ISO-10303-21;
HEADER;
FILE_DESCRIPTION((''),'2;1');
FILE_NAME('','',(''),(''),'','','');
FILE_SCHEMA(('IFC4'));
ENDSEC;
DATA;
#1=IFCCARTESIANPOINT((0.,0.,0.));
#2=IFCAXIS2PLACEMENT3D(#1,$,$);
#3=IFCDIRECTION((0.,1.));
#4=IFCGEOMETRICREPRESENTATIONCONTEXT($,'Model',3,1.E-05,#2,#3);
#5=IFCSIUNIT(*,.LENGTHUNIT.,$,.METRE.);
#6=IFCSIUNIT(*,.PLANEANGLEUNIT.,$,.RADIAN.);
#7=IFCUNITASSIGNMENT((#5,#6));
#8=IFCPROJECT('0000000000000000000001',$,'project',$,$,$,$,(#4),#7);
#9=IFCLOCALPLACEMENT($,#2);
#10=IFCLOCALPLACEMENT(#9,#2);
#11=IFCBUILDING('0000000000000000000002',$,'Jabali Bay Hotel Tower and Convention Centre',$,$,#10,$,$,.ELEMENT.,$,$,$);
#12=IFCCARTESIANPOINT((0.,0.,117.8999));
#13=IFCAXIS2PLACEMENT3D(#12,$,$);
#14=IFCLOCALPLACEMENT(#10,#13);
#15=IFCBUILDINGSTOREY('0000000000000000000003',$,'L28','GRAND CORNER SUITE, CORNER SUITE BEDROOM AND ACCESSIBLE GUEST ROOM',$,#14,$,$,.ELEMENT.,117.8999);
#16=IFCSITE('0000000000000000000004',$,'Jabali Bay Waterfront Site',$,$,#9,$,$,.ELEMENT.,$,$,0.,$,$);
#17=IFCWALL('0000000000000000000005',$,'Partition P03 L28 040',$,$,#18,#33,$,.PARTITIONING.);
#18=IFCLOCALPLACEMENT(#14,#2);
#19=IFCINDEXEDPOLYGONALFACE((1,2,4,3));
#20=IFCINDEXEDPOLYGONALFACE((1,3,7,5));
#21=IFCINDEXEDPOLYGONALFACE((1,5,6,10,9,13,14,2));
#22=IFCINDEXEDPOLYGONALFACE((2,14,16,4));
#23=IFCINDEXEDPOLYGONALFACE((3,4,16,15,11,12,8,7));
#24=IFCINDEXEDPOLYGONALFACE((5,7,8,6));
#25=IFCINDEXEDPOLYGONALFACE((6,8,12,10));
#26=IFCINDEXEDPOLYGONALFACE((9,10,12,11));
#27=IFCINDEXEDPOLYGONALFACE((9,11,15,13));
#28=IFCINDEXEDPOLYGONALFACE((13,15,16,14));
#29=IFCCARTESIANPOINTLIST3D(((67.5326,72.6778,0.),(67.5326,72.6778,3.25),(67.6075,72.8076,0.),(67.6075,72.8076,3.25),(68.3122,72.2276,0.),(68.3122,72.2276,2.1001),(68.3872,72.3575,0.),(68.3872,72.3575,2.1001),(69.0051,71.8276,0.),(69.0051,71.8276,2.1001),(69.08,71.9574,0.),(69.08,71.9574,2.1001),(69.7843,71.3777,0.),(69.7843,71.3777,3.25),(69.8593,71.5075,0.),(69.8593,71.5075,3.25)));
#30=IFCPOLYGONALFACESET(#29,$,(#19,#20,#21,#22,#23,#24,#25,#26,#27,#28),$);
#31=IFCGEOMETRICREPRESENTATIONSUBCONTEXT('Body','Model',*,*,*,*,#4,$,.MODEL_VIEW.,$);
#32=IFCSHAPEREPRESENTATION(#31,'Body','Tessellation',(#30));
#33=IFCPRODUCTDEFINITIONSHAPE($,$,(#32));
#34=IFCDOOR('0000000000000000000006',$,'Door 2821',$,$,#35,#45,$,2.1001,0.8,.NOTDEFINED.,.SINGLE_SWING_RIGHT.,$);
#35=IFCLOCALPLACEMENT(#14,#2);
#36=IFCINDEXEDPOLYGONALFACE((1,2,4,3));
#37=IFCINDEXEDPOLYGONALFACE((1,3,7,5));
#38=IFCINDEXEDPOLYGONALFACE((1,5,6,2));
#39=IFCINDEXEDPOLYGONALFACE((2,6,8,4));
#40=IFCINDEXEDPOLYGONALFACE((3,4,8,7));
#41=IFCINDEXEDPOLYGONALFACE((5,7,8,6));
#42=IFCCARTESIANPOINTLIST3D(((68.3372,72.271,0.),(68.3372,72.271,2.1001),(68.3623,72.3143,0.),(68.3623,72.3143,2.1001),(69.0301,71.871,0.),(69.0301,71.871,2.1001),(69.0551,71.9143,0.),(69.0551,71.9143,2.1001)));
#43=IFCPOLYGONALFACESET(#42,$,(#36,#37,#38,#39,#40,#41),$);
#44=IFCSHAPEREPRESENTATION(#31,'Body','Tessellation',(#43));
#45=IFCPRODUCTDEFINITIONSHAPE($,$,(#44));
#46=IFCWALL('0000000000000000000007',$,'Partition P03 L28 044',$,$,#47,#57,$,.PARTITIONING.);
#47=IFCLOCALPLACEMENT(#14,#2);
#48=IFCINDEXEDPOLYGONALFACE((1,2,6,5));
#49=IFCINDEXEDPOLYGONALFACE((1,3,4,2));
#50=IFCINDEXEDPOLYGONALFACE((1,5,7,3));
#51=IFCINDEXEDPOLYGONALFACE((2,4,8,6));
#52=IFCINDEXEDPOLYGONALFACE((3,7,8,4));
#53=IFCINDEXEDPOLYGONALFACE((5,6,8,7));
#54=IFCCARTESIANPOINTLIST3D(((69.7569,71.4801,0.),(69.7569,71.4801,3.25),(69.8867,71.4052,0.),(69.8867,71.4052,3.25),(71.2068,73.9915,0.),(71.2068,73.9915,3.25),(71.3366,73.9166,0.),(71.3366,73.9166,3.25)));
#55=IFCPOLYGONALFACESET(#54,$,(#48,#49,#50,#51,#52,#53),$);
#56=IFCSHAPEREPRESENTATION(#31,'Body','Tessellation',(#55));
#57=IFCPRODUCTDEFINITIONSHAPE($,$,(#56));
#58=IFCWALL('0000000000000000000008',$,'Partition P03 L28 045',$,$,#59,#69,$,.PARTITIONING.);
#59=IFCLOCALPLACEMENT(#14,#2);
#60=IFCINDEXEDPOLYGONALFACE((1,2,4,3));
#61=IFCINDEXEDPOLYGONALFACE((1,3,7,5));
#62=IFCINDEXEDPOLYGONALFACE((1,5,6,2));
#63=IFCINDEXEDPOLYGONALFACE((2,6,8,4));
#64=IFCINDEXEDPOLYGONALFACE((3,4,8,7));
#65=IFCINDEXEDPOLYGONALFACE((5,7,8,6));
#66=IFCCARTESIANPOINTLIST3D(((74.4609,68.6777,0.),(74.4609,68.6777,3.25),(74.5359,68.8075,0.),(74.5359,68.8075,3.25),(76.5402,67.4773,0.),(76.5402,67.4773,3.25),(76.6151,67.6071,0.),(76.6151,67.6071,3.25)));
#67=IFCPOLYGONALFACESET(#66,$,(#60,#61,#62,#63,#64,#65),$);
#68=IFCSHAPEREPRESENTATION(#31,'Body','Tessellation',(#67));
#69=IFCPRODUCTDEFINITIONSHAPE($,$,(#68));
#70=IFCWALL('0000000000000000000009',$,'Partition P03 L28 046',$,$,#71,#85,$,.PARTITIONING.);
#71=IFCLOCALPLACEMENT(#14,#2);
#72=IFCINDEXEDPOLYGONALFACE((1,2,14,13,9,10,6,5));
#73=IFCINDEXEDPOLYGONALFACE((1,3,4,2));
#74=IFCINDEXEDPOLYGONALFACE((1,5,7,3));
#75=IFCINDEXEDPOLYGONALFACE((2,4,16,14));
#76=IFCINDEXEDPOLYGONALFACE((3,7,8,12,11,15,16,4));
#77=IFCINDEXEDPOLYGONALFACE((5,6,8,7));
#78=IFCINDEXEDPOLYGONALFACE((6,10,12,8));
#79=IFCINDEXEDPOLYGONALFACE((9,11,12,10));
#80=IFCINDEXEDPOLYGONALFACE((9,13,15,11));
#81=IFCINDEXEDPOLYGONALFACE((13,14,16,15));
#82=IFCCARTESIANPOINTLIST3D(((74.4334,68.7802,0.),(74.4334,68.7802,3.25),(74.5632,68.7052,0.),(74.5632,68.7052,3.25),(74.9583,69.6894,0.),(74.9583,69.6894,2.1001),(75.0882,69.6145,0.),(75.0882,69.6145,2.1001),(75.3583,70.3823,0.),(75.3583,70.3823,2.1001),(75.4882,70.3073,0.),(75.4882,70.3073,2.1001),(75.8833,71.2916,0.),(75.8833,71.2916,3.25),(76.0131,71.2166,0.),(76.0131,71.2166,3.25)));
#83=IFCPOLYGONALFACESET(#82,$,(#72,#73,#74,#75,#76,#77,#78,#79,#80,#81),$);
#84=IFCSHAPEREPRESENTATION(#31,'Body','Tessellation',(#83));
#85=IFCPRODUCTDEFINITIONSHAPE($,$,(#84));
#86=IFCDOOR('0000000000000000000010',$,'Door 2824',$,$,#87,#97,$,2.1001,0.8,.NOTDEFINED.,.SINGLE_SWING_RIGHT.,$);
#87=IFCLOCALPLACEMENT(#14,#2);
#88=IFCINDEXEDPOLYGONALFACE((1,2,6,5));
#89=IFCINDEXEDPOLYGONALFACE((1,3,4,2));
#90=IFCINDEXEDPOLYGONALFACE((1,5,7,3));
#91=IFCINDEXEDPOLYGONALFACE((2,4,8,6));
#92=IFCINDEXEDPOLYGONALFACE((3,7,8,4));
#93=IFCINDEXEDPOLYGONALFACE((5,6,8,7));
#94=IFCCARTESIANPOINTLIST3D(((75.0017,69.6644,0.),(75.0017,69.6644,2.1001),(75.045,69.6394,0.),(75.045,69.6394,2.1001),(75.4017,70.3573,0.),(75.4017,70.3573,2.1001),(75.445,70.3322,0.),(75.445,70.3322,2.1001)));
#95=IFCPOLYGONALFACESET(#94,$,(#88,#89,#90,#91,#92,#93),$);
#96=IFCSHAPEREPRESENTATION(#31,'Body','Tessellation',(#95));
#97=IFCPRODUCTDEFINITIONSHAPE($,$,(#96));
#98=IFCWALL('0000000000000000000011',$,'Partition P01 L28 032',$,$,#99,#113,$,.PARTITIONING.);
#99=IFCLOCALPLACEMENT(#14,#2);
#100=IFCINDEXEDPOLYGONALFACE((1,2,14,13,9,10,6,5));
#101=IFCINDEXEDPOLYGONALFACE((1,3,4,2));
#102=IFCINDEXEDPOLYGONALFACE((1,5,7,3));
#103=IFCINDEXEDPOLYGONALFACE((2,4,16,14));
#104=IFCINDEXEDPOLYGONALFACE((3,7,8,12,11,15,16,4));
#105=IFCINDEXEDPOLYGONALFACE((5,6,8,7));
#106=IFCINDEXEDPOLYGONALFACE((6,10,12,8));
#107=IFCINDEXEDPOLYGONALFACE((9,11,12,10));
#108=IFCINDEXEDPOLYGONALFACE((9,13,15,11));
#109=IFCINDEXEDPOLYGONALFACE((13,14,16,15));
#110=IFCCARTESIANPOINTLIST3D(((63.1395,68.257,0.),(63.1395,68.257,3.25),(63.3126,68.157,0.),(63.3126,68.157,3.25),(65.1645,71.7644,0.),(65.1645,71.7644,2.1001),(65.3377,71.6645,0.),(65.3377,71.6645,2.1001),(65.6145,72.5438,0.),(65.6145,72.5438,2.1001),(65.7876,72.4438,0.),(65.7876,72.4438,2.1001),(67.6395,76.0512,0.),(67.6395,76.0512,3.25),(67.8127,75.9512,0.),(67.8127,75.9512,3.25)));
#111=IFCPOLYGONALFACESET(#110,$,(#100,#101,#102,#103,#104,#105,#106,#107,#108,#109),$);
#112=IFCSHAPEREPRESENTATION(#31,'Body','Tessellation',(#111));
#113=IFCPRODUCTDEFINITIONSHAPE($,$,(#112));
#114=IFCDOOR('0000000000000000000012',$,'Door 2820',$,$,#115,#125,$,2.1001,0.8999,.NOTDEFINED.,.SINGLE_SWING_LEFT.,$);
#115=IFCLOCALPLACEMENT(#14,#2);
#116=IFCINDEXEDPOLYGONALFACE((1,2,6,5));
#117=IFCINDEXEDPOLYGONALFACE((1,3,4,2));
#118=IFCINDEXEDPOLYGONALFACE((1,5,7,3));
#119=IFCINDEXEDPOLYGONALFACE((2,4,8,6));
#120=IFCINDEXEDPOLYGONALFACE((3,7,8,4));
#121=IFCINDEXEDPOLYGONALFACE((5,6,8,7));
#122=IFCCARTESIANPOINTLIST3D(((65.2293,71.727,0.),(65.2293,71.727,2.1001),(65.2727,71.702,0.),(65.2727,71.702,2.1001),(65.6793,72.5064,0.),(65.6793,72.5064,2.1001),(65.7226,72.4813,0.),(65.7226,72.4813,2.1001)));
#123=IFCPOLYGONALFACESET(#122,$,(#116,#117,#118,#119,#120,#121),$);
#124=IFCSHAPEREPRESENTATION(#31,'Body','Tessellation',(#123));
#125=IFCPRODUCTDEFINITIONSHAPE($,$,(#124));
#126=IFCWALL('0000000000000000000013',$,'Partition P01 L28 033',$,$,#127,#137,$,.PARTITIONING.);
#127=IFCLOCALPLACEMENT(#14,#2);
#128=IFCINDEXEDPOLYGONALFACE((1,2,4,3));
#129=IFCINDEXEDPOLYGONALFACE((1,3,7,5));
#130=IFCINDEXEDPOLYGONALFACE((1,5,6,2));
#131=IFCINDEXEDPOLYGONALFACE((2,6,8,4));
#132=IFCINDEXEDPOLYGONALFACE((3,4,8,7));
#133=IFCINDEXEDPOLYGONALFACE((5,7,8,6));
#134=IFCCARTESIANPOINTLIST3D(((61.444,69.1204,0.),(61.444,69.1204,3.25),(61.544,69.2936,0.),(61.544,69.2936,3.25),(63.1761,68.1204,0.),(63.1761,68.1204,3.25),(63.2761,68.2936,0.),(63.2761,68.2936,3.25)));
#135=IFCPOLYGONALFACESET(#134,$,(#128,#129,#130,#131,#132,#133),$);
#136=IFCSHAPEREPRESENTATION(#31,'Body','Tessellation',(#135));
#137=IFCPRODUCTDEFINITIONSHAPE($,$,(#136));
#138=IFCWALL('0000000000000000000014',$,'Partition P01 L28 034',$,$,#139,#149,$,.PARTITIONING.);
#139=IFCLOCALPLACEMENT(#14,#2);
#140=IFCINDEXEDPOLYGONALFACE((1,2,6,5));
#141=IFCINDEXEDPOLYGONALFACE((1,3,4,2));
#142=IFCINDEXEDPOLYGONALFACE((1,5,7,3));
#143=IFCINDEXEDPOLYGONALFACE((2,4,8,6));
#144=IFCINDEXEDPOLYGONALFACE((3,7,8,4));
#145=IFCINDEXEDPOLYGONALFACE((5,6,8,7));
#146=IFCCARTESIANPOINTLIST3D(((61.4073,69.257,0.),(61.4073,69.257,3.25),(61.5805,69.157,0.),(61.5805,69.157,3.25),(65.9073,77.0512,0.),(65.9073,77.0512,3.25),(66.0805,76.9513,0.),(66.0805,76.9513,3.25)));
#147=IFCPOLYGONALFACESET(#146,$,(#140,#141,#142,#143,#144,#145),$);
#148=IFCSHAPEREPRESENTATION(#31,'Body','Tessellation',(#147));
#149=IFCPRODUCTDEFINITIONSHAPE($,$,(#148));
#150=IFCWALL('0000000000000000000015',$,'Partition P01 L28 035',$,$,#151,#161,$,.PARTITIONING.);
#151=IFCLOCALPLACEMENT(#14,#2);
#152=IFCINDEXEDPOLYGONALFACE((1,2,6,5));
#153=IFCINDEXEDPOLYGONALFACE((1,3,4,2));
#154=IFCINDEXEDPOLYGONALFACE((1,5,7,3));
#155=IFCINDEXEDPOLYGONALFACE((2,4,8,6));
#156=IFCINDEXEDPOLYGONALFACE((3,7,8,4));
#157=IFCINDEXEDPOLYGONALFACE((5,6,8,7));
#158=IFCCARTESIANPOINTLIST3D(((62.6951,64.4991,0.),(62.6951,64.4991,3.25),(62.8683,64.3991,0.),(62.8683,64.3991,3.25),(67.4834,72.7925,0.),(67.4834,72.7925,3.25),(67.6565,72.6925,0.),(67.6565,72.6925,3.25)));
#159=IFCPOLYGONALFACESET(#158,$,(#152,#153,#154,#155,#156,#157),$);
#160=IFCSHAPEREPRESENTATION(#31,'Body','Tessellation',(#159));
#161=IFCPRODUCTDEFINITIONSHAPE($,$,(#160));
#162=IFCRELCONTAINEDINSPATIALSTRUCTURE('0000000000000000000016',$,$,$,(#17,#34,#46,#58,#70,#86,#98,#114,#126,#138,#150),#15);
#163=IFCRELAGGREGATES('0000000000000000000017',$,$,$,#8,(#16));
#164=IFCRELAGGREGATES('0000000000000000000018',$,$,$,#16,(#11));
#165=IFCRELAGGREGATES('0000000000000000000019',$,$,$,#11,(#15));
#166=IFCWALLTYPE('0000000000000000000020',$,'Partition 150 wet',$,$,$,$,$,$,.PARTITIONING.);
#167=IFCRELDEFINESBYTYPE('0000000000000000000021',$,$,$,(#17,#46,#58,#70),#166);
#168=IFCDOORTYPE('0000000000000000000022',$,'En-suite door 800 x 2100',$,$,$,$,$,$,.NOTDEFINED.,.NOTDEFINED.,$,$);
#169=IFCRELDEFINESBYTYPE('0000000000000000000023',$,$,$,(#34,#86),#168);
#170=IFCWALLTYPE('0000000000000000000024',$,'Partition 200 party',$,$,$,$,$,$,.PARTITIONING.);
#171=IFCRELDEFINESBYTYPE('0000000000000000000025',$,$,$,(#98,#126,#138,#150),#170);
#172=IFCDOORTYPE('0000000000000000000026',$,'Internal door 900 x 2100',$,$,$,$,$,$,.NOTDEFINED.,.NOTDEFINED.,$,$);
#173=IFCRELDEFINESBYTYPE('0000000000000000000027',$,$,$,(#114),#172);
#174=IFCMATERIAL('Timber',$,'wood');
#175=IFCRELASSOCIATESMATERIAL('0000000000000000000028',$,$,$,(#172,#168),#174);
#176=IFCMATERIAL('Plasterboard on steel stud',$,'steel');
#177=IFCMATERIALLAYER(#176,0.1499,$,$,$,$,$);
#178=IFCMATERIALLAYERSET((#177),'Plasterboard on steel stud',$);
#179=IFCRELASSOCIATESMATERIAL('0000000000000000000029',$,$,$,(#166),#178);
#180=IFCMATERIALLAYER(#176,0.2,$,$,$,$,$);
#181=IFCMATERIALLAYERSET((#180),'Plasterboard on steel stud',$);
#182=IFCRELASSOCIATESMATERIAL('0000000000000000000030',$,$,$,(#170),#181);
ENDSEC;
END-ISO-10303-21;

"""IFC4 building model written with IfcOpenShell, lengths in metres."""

from ifc_helpers import new_model, si_unit, direction, frame, frame_2d, origin, place, context, subcontext, project, spatial, rectangle, extrude, material, layer, layer_set, type_object, element, fill, save


model = new_model("IFC4")

# Units and contexts
model_context = context("Model", 3, precision=1e-05, world=origin(), true_north=direction((0.0, 1.0)))
body_context = subcontext(model_context, "Body", "Model", "MODEL_VIEW")
ifc_project = project(units=[si_unit("LENGTHUNIT", "METRE"), si_unit("PLANEANGLEUNIT", "RADIAN")], contexts=[model_context])

# Site, building, storey
site_placement = place(None, origin())
site = spatial("IfcSite", under=ifc_project, at=site_placement, Name="Jabali Bay Waterfront Site", CompositionType="ELEMENT", RefElevation=0.0)
building_placement = place(site_placement, origin())
building = spatial("IfcBuilding", under=site, at=building_placement, Name="Jabali Bay Hotel Tower and Convention Centre", CompositionType="ELEMENT")
storey_placement = place(building_placement, frame((0.0, 0.0, 117.8999)))
storey = spatial("IfcBuildingStorey", under=building, at=storey_placement, Name="L28", Description="GRAND CORNER SUITE, CORNER SUITE BEDROOM AND ACCESSIBLE GUEST ROOM", CompositionType="ELEMENT", Elevation=117.8999)

# Shared definitions
ifc_material_1 = material(Name="Timber", Category="wood")

# Shared definitions
ifc_material_2 = material(Name="Plasterboard on steel stud", Category="steel")
door_type_1 = type_object("IfcDoorType", Name="Internal door 900 x 2100", OperationType="NOTDEFINED", PredefinedType="NOTDEFINED", material=ifc_material_1)

# Shared definitions
ifc_layer_1 = layer(ifc_material_2, 0.1499)
ifc_layer_set_1 = layer_set([ifc_layer_1], Name="Plasterboard on steel stud")
wall_type_1 = type_object("IfcWallType", Name="Partition 150 wet", PredefinedType="PARTITIONING", material=ifc_layer_set_1)

# Wall, opening, door
wall_1_placement = place(storey_placement, frame((69.8218, 71.4426, 0.0), z_axis=(0.0, 0.0, 1.0), x_axis=(-0.866021, 0.500007, 0.0)))
wall_1 = element("IfcWall", 1, at=wall_1_placement, inside=storey, type_object=wall_type_1, Name="Partition P03 L28 040", PredefinedType="PARTITIONING", context=body_context, shape_type="SweptSolid", body=[
    extrude(rectangle(XDim=2.6001, YDim=0.1499, at=frame_2d((1.3, 0.0))), origin(), (0.0, 0.0, 1.0), 3.25),
])
opening_1_placement = place(wall_1_placement, frame((0.8999, 0.0, 0.0)))
opening_1 = element("IfcOpeningElement", 2, at=opening_1_placement, cuts=wall_1, PredefinedType="OPENING", context=body_context, shape_type="SweptSolid", body=[
    extrude(rectangle(XDim=0.8, YDim=2.1001, at=frame_2d((0.3999, 1.05))), frame((0.0, 0.0854, 0.0), z_axis=(0.0, -1.0, 0.0), x_axis=(1.0, 0.0, 0.0)), (0.0, 0.0, 1.0), 0.1709),
])
door_type_2 = type_object("IfcDoorType", Name="En-suite door 800 x 2100", OperationType="NOTDEFINED", PredefinedType="NOTDEFINED", material=ifc_material_1)
door_1_placement = place(opening_1_placement, origin())
door_1 = element("IfcDoor", 3, at=door_1_placement, inside=storey, type_object=door_type_2, Name="Door 2821", OperationType="SINGLE_SWING_RIGHT", OverallHeight=2.1001, OverallWidth=0.8, PredefinedType="NOTDEFINED", context=body_context, shape_type="SweptSolid", body=[
    extrude(rectangle(XDim=0.8, YDim=2.1001, at=frame_2d((0.3999, 1.05))), frame((0.0, 0.0249, 0.0), z_axis=(0.0, -1.0, 0.0), x_axis=(1.0, 0.0, 0.0)), (0.0, 0.0, 1.0), 0.05),
])
fill(opening_1, door_1)

# Walls
wall_2_placement = place(storey_placement, frame((69.8218, 71.4426, 0.0), z_axis=(0.0, 0.0, 1.0), x_axis=(0.499987, 0.866033, 0.0)))
element("IfcWall", 4, at=wall_2_placement, inside=storey, type_object=wall_type_1, Name="Partition P03 L28 044", PredefinedType="PARTITIONING", context=body_context, shape_type="SweptSolid", body=[
    extrude(rectangle(XDim=2.8999, YDim=0.1499, at=frame_2d((1.45, 0.0))), origin(), (0.0, 0.0, 1.0), 3.25),
])
wall_3_placement = place(storey_placement, frame((76.5776, 67.5422, 0.0), z_axis=(0.0, 0.0, 1.0), x_axis=(-0.866038, 0.499978, 0.0)))
element("IfcWall", 5, at=wall_3_placement, inside=storey, type_object=wall_type_1, Name="Partition P03 L28 045", PredefinedType="PARTITIONING", context=body_context, shape_type="SweptSolid", body=[
    extrude(rectangle(XDim=2.4009, YDim=0.1499, at=frame_2d((1.2004, 0.0))), origin(), (0.0, 0.0, 1.0), 3.25),
])

# Walls, openings, doors
wall_4_placement = place(storey_placement, frame((74.4983, 68.7427, 0.0), z_axis=(0.0, 0.0, 1.0), x_axis=(0.499987, 0.866033, 0.0)))
wall_4 = element("IfcWall", 6, at=wall_4_placement, inside=storey, type_object=wall_type_1, Name="Partition P03 L28 046", PredefinedType="PARTITIONING", context=body_context, shape_type="SweptSolid", body=[
    extrude(rectangle(XDim=2.8999, YDim=0.1499, at=frame_2d((1.45, 0.0))), origin(), (0.0, 0.0, 1.0), 3.25),
])
opening_2_placement = place(wall_4_placement, frame((1.05, 0.0, 0.0)))
opening_2 = element("IfcOpeningElement", 7, at=opening_2_placement, cuts=wall_4, PredefinedType="OPENING", context=body_context, shape_type="SweptSolid", body=[
    extrude(rectangle(XDim=0.8, YDim=2.1001, at=frame_2d((0.3999, 1.05))), frame((0.0, 0.0854, 0.0), z_axis=(0.0, -1.0, 0.0), x_axis=(1.0, 0.0, 0.0)), (0.0, 0.0, 1.0), 0.1709),
])
door_2_placement = place(opening_2_placement, origin())
door_2 = element("IfcDoor", 8, at=door_2_placement, inside=storey, type_object=door_type_2, Name="Door 2824", OperationType="SINGLE_SWING_RIGHT", OverallHeight=2.1001, OverallWidth=0.8, PredefinedType="NOTDEFINED", context=body_context, shape_type="SweptSolid", body=[
    extrude(rectangle(XDim=0.8, YDim=2.1001, at=frame_2d((0.3999, 1.05))), frame((0.0, 0.0249, 0.0), z_axis=(0.0, -1.0, 0.0), x_axis=(1.0, 0.0, 0.0)), (0.0, 0.0, 1.0), 0.05),
])
fill(opening_2, door_2)
ifc_layer_2 = layer(ifc_material_2, 0.2)
ifc_layer_set_2 = layer_set([ifc_layer_2], Name="Plasterboard on steel stud")
wall_type_2 = type_object("IfcWallType", Name="Partition 200 party", PredefinedType="PARTITIONING", material=ifc_layer_set_2)
wall_5_placement = place(storey_placement, frame((67.7261, 76.0012, 0.0), z_axis=(0.0, 0.0, 1.0), x_axis=(-0.500002, -0.866024, 0.0)))
wall_5 = element("IfcWall", 9, at=wall_5_placement, inside=storey, type_object=wall_type_2, Name="Partition P01 L28 032", PredefinedType="PARTITIONING", context=body_context, shape_type="SweptSolid", body=[
    extrude(rectangle(XDim=9.0, YDim=0.2, at=frame_2d((4.5, 0.0))), origin(), (0.0, 0.0, 1.0), 3.25),
])
opening_3_placement = place(wall_5_placement, frame((4.05, 0.0, 0.0)))
opening_3 = element("IfcOpeningElement", 10, at=opening_3_placement, cuts=wall_5, PredefinedType="OPENING", context=body_context, shape_type="SweptSolid", body=[
    extrude(rectangle(XDim=0.8999, YDim=2.1001, at=frame_2d((0.45, 1.05))), frame((0.0, 0.1104, 0.0), z_axis=(0.0, -1.0, 0.0), x_axis=(1.0, 0.0, 0.0)), (0.0, 0.0, 1.0), 0.2209),
])
door_3_placement = place(opening_3_placement, origin())
door_3 = element("IfcDoor", 11, at=door_3_placement, inside=storey, type_object=door_type_1, Name="Door 2820", OperationType="SINGLE_SWING_LEFT", OverallHeight=2.1001, OverallWidth=0.8999, PredefinedType="NOTDEFINED", context=body_context, shape_type="SweptSolid", body=[
    extrude(rectangle(XDim=0.8999, YDim=2.1001, at=frame_2d((0.45, 1.05))), frame((0.0, 0.0249, 0.0), z_axis=(0.0, -1.0, 0.0), x_axis=(1.0, 0.0, 0.0)), (0.0, 0.0, 1.0), 0.05),
])
fill(opening_3, door_3)

# Walls
wall_6_placement = place(storey_placement, frame((63.2261, 68.207, 0.0), z_axis=(0.0, 0.0, 1.0), x_axis=(-0.866041, 0.499973, 0.0)))
element("IfcWall", 12, at=wall_6_placement, inside=storey, type_object=wall_type_2, Name="Partition P01 L28 033", PredefinedType="PARTITIONING", context=body_context, shape_type="SweptSolid", body=[
    extrude(rectangle(XDim=2.0, YDim=0.2, at=frame_2d((1.0, 0.0))), origin(), (0.0, 0.0, 1.0), 3.25),
])
wall_7_placement = place(storey_placement, frame((61.4939, 69.207, 0.0), z_axis=(0.0, 0.0, 1.0), x_axis=(0.500002, 0.866024, 0.0)))
element("IfcWall", 13, at=wall_7_placement, inside=storey, type_object=wall_type_2, Name="Partition P01 L28 034", PredefinedType="PARTITIONING", context=body_context, shape_type="SweptSolid", body=[
    extrude(rectangle(XDim=9.0, YDim=0.2, at=frame_2d((4.5, 0.0))), origin(), (0.0, 0.0, 1.0), 3.25),
])
wall_8_placement = place(storey_placement, frame((62.7817, 64.4492, 0.0), z_axis=(0.0, 0.0, 1.0), x_axis=(0.500008, 0.866021, 0.0)))
element("IfcWall", 14, at=wall_8_placement, inside=storey, type_object=wall_type_2, Name="Partition P01 L28 035", PredefinedType="PARTITIONING", context=body_context, shape_type="SweptSolid", body=[
    extrude(rectangle(XDim=9.5764, YDim=0.2, at=frame_2d((4.7881, 0.0))), origin(), (0.0, 0.0, 1.0), 3.25),
])

save(model, "model.ifc")
